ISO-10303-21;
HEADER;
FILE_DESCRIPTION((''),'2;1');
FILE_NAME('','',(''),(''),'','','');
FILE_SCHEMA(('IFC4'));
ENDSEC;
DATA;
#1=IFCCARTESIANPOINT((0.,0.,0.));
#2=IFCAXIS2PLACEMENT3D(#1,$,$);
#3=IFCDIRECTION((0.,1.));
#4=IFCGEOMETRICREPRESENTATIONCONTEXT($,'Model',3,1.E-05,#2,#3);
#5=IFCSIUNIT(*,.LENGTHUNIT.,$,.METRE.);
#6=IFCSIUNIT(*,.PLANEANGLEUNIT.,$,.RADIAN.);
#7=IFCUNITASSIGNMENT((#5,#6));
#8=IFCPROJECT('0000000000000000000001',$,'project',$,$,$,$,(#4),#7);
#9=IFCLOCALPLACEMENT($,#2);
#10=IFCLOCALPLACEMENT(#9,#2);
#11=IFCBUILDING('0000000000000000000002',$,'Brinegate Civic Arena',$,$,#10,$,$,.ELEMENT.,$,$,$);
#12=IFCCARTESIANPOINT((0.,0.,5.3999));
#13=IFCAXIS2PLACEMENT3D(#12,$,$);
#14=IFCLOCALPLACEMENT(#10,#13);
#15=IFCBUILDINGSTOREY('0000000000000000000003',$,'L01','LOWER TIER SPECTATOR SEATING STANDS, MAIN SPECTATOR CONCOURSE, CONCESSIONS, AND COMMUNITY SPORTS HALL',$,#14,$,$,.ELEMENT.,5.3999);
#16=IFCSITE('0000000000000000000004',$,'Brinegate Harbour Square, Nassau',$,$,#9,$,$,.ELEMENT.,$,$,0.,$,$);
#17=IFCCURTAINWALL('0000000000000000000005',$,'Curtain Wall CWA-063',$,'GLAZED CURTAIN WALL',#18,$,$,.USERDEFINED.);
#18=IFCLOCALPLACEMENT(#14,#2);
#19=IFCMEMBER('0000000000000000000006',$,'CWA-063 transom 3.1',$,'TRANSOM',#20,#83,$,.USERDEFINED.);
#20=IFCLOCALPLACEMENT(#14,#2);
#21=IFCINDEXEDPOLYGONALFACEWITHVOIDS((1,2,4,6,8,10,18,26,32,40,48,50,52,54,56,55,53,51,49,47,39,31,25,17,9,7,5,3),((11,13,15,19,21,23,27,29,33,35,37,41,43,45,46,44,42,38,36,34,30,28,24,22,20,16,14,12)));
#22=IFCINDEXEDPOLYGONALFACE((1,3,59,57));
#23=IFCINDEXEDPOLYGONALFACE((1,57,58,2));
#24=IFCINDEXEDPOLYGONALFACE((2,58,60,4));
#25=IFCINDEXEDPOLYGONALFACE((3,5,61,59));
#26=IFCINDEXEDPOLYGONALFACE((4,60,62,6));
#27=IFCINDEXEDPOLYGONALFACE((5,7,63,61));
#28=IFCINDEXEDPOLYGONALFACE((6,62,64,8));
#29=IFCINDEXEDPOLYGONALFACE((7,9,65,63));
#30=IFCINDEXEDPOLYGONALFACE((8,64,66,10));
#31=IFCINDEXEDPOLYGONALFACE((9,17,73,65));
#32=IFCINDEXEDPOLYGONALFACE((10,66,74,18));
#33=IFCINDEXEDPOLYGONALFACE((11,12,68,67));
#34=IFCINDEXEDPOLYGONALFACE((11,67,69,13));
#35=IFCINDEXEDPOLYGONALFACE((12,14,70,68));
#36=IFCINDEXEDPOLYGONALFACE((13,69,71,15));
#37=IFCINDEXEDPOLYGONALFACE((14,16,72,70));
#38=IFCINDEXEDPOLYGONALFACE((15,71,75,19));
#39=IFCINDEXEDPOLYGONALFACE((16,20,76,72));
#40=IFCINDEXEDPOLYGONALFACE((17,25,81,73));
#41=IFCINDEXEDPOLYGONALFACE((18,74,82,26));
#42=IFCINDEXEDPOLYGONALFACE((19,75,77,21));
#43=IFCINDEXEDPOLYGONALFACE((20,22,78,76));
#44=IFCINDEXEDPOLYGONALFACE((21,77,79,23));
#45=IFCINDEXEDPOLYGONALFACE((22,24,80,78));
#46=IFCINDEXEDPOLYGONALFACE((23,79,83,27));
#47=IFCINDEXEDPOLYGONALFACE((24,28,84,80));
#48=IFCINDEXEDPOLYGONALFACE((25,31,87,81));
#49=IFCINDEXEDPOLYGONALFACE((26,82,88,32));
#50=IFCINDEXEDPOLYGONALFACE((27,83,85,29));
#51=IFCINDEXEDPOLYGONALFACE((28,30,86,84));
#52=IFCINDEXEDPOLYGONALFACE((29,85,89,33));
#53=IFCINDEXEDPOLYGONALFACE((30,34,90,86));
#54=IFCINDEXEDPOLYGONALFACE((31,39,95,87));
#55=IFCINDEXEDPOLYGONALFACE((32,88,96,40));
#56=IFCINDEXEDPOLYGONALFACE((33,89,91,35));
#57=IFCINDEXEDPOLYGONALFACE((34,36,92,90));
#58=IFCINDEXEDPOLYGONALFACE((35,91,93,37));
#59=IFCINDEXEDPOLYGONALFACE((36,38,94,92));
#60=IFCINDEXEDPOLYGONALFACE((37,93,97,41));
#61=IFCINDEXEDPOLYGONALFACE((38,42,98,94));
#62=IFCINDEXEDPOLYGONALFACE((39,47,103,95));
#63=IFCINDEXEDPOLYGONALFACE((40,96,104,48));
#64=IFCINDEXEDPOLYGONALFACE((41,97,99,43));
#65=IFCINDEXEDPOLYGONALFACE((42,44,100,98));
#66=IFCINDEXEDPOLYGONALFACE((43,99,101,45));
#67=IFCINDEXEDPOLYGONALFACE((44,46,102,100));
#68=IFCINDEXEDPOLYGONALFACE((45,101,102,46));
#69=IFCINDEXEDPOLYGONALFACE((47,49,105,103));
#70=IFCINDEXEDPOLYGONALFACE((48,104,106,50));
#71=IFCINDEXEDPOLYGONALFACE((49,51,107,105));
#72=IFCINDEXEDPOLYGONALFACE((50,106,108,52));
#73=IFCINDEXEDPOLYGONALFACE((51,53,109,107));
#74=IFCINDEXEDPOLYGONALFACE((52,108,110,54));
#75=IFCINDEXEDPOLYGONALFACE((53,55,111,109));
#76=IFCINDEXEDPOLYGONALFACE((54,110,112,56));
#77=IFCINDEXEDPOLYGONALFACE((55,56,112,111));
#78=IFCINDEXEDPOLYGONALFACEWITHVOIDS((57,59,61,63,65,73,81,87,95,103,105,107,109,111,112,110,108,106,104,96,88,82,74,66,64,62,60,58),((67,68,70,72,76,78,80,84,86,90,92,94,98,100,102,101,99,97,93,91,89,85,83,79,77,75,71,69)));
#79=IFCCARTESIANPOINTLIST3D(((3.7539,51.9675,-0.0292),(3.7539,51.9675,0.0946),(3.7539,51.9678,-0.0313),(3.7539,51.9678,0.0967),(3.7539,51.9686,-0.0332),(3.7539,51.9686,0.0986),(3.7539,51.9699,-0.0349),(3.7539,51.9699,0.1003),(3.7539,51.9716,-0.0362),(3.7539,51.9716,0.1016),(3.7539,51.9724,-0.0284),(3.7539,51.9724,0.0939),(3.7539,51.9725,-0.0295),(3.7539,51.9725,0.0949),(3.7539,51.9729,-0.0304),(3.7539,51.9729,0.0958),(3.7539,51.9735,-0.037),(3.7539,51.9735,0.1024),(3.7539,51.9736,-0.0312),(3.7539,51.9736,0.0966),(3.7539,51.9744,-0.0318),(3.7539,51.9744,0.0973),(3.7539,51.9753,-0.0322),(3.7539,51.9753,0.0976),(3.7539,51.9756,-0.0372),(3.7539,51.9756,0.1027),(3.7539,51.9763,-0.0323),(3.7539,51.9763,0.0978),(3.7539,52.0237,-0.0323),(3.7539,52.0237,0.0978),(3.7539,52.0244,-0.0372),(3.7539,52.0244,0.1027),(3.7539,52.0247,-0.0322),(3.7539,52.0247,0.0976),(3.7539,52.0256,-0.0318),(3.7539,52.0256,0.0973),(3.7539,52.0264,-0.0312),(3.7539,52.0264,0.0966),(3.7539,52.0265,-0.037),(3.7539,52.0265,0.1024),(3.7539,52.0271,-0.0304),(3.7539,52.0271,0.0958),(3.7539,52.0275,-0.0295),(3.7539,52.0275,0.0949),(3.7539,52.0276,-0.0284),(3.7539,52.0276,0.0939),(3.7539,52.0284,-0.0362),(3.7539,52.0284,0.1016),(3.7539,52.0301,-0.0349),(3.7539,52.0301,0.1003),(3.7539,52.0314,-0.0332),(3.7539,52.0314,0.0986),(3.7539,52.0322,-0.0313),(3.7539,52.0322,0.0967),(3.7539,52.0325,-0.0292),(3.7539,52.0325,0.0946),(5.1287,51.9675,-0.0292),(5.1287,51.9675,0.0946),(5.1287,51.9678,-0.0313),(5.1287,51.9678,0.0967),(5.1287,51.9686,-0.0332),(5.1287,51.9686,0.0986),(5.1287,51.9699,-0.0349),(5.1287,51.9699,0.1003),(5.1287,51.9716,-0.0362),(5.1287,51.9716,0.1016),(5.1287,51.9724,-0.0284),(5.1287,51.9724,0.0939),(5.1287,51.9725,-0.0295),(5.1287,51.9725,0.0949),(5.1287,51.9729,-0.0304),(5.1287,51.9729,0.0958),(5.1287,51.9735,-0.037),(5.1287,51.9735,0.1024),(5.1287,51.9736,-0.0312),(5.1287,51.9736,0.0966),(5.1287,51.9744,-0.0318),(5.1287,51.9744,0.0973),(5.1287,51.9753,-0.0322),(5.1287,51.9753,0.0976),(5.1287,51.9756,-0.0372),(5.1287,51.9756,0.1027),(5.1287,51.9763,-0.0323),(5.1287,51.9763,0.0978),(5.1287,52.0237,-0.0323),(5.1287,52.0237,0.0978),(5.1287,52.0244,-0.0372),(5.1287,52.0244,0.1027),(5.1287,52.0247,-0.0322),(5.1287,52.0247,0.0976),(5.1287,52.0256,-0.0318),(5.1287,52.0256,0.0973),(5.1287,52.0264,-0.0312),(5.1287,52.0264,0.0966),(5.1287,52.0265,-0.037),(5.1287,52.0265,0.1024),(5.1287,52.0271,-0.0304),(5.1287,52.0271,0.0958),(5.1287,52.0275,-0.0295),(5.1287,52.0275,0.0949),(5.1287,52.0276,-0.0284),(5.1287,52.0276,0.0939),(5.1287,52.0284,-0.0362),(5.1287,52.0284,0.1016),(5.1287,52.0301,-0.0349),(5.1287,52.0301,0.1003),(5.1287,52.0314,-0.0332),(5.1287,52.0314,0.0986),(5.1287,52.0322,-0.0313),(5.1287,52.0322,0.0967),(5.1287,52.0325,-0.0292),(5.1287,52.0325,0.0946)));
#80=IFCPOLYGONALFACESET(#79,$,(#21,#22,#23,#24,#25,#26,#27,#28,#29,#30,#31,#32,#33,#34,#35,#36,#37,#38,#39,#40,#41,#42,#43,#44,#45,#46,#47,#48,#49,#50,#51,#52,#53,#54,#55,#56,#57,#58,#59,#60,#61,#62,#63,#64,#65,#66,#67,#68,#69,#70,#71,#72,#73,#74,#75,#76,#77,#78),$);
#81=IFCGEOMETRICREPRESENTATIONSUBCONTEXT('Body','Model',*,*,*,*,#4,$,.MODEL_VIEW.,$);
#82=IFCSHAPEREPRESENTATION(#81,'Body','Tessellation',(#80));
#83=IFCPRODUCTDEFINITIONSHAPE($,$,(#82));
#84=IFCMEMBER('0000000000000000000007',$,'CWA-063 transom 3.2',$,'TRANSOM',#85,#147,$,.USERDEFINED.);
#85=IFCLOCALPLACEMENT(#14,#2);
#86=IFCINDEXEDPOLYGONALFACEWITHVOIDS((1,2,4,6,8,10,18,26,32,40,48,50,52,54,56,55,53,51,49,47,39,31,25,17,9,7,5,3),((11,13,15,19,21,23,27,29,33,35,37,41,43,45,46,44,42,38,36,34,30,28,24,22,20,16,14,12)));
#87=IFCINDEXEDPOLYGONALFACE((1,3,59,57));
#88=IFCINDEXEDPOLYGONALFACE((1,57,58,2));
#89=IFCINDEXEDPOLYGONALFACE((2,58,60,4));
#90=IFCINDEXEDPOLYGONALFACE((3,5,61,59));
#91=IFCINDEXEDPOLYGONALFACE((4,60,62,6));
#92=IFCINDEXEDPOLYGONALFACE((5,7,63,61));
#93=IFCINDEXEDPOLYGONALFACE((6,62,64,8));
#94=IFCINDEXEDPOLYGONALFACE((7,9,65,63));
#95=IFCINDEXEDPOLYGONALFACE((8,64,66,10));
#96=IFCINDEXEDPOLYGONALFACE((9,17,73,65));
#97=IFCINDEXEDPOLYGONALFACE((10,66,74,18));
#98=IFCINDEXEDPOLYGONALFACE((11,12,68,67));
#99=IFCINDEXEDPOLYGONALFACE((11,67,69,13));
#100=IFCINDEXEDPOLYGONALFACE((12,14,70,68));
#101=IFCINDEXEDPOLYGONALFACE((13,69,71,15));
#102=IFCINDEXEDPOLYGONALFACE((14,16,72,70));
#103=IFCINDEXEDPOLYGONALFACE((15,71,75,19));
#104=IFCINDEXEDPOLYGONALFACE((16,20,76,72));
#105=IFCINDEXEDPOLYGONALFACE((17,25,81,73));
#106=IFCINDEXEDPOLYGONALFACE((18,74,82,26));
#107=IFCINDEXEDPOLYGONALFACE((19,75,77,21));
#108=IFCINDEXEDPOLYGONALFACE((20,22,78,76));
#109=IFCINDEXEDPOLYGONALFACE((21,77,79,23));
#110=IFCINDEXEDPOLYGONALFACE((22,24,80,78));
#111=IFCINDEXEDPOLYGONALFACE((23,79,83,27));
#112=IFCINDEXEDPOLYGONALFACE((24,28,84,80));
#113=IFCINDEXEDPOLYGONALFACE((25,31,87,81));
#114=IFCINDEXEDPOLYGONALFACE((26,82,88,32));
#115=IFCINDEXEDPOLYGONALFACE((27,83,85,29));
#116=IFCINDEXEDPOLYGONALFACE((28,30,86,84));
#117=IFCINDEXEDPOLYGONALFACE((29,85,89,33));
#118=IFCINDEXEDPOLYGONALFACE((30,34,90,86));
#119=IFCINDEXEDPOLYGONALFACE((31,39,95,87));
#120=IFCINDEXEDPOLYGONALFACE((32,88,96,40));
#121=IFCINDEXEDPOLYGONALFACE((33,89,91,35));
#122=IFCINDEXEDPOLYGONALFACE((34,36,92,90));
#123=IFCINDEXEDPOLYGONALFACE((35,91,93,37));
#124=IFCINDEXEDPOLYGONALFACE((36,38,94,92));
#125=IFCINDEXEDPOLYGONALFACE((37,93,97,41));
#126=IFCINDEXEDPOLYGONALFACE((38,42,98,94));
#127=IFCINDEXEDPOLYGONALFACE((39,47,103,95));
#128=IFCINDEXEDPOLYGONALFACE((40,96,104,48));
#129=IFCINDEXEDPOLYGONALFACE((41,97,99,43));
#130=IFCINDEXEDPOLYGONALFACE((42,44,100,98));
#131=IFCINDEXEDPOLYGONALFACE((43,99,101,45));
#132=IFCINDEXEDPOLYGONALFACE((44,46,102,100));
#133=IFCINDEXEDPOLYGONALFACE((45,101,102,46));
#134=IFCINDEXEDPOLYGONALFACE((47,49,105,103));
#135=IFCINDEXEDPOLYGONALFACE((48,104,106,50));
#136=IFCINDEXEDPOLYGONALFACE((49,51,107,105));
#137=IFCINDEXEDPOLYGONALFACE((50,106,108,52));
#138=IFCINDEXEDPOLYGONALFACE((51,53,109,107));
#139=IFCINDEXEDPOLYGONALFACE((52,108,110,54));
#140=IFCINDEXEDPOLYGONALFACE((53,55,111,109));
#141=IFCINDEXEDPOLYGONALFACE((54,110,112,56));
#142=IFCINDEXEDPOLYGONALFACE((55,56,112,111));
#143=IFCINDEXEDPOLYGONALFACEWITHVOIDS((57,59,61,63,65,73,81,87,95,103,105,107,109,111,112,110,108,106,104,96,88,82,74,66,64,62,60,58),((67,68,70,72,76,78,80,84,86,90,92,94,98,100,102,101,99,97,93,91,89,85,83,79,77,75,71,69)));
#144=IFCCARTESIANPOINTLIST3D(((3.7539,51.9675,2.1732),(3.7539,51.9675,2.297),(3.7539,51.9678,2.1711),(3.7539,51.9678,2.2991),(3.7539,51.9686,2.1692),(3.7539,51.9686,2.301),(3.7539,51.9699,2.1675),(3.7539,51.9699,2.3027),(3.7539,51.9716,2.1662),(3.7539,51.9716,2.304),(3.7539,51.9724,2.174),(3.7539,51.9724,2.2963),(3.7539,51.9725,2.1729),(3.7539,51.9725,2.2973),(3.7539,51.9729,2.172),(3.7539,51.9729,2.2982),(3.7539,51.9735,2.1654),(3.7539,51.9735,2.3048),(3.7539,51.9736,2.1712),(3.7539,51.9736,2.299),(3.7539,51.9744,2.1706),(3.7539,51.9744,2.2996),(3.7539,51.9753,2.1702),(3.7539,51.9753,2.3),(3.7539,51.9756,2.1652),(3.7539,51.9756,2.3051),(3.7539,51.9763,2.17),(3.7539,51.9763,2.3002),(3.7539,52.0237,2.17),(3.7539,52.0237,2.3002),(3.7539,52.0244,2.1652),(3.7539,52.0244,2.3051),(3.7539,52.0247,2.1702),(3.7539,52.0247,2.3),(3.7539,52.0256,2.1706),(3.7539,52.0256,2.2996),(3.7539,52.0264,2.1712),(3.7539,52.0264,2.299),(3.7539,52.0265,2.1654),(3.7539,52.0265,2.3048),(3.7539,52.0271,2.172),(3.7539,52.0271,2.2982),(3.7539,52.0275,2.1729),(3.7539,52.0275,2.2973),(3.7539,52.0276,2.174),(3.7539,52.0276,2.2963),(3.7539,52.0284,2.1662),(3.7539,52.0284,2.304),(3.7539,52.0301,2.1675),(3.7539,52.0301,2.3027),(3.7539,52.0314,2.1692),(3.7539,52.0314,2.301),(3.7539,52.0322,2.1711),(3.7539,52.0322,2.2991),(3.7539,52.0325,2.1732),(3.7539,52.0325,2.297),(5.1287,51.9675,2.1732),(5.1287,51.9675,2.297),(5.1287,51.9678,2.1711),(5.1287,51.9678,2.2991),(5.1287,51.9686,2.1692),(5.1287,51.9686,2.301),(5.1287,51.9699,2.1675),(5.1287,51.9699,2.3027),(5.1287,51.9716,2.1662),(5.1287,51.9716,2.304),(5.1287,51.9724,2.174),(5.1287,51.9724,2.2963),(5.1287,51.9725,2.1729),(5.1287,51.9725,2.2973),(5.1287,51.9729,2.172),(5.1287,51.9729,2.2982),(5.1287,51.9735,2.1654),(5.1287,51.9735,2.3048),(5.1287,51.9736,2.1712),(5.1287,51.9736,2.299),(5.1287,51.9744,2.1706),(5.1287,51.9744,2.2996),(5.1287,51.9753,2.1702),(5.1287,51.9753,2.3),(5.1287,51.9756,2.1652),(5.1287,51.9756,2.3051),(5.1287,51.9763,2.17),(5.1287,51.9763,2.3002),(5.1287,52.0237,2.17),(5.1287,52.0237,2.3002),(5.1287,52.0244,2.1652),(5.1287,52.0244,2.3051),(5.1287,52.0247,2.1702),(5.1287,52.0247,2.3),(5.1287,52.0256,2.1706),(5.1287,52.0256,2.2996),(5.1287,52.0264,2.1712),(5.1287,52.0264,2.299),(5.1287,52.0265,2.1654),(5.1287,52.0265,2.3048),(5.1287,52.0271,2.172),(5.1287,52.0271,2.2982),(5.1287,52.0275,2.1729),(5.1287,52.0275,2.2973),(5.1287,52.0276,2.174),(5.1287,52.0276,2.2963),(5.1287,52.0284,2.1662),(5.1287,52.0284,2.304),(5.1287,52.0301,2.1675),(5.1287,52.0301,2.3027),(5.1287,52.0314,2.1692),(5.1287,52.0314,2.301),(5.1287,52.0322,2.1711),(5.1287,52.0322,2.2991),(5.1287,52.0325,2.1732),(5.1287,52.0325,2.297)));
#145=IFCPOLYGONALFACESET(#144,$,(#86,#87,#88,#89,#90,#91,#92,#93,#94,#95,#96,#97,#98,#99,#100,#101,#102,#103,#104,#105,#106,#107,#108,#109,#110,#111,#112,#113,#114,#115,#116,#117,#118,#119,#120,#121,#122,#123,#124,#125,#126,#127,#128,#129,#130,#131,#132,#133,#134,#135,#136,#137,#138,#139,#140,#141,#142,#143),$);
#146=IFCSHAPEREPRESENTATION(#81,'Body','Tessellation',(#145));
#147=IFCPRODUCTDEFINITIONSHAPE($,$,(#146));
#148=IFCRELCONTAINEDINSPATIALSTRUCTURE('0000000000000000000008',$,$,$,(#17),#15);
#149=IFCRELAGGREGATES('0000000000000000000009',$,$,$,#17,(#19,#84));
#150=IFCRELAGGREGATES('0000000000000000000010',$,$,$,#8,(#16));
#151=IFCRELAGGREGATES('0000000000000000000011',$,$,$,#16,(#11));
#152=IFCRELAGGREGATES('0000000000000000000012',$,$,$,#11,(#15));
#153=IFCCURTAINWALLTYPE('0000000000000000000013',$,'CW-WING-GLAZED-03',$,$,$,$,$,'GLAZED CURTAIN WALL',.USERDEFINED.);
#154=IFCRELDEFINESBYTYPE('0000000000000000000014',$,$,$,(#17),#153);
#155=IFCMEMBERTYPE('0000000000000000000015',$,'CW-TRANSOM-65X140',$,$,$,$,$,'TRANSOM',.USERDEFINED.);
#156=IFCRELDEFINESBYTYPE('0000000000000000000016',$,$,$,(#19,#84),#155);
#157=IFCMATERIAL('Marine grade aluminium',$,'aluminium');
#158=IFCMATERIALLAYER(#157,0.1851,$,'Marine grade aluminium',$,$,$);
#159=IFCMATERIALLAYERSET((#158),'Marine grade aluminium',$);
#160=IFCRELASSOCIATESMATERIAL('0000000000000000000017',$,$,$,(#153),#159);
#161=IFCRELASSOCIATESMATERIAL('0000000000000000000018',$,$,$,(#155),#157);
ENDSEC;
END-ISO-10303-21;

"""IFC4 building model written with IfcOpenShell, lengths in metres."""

from ifc_helpers import new_model, si_unit, direction, frame, origin, origin_2d, place, context, subcontext, project, spatial, hollow_rectangle, extrude, material, layer, layer_set, material_profile, profile_set, type_object, element, aggregate, save


model = new_model("IFC4")

# Units and contexts
model_context = context("Model", 3, precision=1e-05, world=origin(), true_north=direction((0.0, 1.0)))
body_context = subcontext(model_context, "Body", "Model", "MODEL_VIEW")
ifc_project = project(units=[si_unit("LENGTHUNIT", "METRE"), si_unit("PLANEANGLEUNIT", "RADIAN")], contexts=[model_context])

# Site, building, storey
site_placement = place(None, origin())
site = spatial("IfcSite", under=ifc_project, at=site_placement, Name="Brinegate Harbour Square, Nassau", CompositionType="ELEMENT", RefElevation=0.0)
building_placement = place(site_placement, origin())
building = spatial("IfcBuilding", under=site, at=building_placement, Name="Brinegate Civic Arena", CompositionType="ELEMENT")
storey_placement = place(building_placement, frame((0.0, 0.0, 5.3999)))
storey = spatial("IfcBuildingStorey", under=building, at=storey_placement, Name="L01", Description="LOWER TIER SPECTATOR SEATING STANDS, MAIN SPECTATOR CONCOURSE, CONCESSIONS, AND COMMUNITY SPORTS HALL", CompositionType="ELEMENT", Elevation=5.3999)

# Curtain wall, members
ifc_material_1 = material(Name="Marine grade aluminium", Category="aluminium")
ifc_layer_1 = layer(ifc_material_1, 0.1851, Name="Marine grade aluminium")
ifc_layer_set_1 = layer_set([ifc_layer_1], Name="Marine grade aluminium")
curtain_wall_type = type_object("IfcCurtainWallType", Name="CW-WING-GLAZED-03", ElementType="GLAZED CURTAIN WALL", PredefinedType="USERDEFINED", material=ifc_layer_set_1)
curtain_wall_placement = place(storey_placement, origin())
curtain_wall = element("IfcCurtainWall", 1, at=curtain_wall_placement, inside=storey, type_object=curtain_wall_type, Name="Curtain Wall CWA-063", ObjectType="GLAZED CURTAIN WALL", PredefinedType="USERDEFINED")
ifc_material_profile_1 = material_profile(ifc_material_1, hollow_rectangle(XDim=0.0649, YDim=0.1399, WallThickness=0.0049, InnerFilletRadius=0.0039, OuterFilletRadius=0.0081, at=origin_2d()), Name="TRN65X140")
ifc_profile_set_1 = profile_set([ifc_material_profile_1], Name="Marine grade aluminium")
member_type_1 = type_object("IfcMemberType", Name="CW-TRANSOM-65X140", ElementType="TRANSOM", PredefinedType="USERDEFINED", material=ifc_profile_set_1)
member_1_placement = place(storey_placement, frame((3.7539, 52.0, 0.0327), z_axis=(1.0, 0.0, 0.0), x_axis=(0.0, 1.0, 0.0)))
member_1 = element("IfcMember", 2, at=member_1_placement, type_object=member_type_1, Name="CWA-063 transom 3.1", ObjectType="TRANSOM", PredefinedType="USERDEFINED", context=body_context, shape_type="SweptSolid", body=[
    extrude(hollow_rectangle(XDim=0.0649, YDim=0.1399, WallThickness=0.0049, InnerFilletRadius=0.0039, OuterFilletRadius=0.0081, at=origin_2d()), origin(), (0.0, 0.0, 1.0), 1.3748),
])
member_2_placement = place(storey_placement, frame((3.7539, 52.0, 2.2351), z_axis=(1.0, 0.0, 0.0), x_axis=(0.0, 1.0, 0.0)))
member_2 = element("IfcMember", 3, at=member_2_placement, type_object=member_type_1, Name="CWA-063 transom 3.2", ObjectType="TRANSOM", PredefinedType="USERDEFINED", context=body_context, shape_type="SweptSolid", body=[
    extrude(hollow_rectangle(XDim=0.0649, YDim=0.1399, WallThickness=0.0049, InnerFilletRadius=0.0039, OuterFilletRadius=0.0081, at=origin_2d()), origin(), (0.0, 0.0, 1.0), 1.3748),
])
aggregate(curtain_wall, [member_1, member_2])

save(model, "model.ifc")
